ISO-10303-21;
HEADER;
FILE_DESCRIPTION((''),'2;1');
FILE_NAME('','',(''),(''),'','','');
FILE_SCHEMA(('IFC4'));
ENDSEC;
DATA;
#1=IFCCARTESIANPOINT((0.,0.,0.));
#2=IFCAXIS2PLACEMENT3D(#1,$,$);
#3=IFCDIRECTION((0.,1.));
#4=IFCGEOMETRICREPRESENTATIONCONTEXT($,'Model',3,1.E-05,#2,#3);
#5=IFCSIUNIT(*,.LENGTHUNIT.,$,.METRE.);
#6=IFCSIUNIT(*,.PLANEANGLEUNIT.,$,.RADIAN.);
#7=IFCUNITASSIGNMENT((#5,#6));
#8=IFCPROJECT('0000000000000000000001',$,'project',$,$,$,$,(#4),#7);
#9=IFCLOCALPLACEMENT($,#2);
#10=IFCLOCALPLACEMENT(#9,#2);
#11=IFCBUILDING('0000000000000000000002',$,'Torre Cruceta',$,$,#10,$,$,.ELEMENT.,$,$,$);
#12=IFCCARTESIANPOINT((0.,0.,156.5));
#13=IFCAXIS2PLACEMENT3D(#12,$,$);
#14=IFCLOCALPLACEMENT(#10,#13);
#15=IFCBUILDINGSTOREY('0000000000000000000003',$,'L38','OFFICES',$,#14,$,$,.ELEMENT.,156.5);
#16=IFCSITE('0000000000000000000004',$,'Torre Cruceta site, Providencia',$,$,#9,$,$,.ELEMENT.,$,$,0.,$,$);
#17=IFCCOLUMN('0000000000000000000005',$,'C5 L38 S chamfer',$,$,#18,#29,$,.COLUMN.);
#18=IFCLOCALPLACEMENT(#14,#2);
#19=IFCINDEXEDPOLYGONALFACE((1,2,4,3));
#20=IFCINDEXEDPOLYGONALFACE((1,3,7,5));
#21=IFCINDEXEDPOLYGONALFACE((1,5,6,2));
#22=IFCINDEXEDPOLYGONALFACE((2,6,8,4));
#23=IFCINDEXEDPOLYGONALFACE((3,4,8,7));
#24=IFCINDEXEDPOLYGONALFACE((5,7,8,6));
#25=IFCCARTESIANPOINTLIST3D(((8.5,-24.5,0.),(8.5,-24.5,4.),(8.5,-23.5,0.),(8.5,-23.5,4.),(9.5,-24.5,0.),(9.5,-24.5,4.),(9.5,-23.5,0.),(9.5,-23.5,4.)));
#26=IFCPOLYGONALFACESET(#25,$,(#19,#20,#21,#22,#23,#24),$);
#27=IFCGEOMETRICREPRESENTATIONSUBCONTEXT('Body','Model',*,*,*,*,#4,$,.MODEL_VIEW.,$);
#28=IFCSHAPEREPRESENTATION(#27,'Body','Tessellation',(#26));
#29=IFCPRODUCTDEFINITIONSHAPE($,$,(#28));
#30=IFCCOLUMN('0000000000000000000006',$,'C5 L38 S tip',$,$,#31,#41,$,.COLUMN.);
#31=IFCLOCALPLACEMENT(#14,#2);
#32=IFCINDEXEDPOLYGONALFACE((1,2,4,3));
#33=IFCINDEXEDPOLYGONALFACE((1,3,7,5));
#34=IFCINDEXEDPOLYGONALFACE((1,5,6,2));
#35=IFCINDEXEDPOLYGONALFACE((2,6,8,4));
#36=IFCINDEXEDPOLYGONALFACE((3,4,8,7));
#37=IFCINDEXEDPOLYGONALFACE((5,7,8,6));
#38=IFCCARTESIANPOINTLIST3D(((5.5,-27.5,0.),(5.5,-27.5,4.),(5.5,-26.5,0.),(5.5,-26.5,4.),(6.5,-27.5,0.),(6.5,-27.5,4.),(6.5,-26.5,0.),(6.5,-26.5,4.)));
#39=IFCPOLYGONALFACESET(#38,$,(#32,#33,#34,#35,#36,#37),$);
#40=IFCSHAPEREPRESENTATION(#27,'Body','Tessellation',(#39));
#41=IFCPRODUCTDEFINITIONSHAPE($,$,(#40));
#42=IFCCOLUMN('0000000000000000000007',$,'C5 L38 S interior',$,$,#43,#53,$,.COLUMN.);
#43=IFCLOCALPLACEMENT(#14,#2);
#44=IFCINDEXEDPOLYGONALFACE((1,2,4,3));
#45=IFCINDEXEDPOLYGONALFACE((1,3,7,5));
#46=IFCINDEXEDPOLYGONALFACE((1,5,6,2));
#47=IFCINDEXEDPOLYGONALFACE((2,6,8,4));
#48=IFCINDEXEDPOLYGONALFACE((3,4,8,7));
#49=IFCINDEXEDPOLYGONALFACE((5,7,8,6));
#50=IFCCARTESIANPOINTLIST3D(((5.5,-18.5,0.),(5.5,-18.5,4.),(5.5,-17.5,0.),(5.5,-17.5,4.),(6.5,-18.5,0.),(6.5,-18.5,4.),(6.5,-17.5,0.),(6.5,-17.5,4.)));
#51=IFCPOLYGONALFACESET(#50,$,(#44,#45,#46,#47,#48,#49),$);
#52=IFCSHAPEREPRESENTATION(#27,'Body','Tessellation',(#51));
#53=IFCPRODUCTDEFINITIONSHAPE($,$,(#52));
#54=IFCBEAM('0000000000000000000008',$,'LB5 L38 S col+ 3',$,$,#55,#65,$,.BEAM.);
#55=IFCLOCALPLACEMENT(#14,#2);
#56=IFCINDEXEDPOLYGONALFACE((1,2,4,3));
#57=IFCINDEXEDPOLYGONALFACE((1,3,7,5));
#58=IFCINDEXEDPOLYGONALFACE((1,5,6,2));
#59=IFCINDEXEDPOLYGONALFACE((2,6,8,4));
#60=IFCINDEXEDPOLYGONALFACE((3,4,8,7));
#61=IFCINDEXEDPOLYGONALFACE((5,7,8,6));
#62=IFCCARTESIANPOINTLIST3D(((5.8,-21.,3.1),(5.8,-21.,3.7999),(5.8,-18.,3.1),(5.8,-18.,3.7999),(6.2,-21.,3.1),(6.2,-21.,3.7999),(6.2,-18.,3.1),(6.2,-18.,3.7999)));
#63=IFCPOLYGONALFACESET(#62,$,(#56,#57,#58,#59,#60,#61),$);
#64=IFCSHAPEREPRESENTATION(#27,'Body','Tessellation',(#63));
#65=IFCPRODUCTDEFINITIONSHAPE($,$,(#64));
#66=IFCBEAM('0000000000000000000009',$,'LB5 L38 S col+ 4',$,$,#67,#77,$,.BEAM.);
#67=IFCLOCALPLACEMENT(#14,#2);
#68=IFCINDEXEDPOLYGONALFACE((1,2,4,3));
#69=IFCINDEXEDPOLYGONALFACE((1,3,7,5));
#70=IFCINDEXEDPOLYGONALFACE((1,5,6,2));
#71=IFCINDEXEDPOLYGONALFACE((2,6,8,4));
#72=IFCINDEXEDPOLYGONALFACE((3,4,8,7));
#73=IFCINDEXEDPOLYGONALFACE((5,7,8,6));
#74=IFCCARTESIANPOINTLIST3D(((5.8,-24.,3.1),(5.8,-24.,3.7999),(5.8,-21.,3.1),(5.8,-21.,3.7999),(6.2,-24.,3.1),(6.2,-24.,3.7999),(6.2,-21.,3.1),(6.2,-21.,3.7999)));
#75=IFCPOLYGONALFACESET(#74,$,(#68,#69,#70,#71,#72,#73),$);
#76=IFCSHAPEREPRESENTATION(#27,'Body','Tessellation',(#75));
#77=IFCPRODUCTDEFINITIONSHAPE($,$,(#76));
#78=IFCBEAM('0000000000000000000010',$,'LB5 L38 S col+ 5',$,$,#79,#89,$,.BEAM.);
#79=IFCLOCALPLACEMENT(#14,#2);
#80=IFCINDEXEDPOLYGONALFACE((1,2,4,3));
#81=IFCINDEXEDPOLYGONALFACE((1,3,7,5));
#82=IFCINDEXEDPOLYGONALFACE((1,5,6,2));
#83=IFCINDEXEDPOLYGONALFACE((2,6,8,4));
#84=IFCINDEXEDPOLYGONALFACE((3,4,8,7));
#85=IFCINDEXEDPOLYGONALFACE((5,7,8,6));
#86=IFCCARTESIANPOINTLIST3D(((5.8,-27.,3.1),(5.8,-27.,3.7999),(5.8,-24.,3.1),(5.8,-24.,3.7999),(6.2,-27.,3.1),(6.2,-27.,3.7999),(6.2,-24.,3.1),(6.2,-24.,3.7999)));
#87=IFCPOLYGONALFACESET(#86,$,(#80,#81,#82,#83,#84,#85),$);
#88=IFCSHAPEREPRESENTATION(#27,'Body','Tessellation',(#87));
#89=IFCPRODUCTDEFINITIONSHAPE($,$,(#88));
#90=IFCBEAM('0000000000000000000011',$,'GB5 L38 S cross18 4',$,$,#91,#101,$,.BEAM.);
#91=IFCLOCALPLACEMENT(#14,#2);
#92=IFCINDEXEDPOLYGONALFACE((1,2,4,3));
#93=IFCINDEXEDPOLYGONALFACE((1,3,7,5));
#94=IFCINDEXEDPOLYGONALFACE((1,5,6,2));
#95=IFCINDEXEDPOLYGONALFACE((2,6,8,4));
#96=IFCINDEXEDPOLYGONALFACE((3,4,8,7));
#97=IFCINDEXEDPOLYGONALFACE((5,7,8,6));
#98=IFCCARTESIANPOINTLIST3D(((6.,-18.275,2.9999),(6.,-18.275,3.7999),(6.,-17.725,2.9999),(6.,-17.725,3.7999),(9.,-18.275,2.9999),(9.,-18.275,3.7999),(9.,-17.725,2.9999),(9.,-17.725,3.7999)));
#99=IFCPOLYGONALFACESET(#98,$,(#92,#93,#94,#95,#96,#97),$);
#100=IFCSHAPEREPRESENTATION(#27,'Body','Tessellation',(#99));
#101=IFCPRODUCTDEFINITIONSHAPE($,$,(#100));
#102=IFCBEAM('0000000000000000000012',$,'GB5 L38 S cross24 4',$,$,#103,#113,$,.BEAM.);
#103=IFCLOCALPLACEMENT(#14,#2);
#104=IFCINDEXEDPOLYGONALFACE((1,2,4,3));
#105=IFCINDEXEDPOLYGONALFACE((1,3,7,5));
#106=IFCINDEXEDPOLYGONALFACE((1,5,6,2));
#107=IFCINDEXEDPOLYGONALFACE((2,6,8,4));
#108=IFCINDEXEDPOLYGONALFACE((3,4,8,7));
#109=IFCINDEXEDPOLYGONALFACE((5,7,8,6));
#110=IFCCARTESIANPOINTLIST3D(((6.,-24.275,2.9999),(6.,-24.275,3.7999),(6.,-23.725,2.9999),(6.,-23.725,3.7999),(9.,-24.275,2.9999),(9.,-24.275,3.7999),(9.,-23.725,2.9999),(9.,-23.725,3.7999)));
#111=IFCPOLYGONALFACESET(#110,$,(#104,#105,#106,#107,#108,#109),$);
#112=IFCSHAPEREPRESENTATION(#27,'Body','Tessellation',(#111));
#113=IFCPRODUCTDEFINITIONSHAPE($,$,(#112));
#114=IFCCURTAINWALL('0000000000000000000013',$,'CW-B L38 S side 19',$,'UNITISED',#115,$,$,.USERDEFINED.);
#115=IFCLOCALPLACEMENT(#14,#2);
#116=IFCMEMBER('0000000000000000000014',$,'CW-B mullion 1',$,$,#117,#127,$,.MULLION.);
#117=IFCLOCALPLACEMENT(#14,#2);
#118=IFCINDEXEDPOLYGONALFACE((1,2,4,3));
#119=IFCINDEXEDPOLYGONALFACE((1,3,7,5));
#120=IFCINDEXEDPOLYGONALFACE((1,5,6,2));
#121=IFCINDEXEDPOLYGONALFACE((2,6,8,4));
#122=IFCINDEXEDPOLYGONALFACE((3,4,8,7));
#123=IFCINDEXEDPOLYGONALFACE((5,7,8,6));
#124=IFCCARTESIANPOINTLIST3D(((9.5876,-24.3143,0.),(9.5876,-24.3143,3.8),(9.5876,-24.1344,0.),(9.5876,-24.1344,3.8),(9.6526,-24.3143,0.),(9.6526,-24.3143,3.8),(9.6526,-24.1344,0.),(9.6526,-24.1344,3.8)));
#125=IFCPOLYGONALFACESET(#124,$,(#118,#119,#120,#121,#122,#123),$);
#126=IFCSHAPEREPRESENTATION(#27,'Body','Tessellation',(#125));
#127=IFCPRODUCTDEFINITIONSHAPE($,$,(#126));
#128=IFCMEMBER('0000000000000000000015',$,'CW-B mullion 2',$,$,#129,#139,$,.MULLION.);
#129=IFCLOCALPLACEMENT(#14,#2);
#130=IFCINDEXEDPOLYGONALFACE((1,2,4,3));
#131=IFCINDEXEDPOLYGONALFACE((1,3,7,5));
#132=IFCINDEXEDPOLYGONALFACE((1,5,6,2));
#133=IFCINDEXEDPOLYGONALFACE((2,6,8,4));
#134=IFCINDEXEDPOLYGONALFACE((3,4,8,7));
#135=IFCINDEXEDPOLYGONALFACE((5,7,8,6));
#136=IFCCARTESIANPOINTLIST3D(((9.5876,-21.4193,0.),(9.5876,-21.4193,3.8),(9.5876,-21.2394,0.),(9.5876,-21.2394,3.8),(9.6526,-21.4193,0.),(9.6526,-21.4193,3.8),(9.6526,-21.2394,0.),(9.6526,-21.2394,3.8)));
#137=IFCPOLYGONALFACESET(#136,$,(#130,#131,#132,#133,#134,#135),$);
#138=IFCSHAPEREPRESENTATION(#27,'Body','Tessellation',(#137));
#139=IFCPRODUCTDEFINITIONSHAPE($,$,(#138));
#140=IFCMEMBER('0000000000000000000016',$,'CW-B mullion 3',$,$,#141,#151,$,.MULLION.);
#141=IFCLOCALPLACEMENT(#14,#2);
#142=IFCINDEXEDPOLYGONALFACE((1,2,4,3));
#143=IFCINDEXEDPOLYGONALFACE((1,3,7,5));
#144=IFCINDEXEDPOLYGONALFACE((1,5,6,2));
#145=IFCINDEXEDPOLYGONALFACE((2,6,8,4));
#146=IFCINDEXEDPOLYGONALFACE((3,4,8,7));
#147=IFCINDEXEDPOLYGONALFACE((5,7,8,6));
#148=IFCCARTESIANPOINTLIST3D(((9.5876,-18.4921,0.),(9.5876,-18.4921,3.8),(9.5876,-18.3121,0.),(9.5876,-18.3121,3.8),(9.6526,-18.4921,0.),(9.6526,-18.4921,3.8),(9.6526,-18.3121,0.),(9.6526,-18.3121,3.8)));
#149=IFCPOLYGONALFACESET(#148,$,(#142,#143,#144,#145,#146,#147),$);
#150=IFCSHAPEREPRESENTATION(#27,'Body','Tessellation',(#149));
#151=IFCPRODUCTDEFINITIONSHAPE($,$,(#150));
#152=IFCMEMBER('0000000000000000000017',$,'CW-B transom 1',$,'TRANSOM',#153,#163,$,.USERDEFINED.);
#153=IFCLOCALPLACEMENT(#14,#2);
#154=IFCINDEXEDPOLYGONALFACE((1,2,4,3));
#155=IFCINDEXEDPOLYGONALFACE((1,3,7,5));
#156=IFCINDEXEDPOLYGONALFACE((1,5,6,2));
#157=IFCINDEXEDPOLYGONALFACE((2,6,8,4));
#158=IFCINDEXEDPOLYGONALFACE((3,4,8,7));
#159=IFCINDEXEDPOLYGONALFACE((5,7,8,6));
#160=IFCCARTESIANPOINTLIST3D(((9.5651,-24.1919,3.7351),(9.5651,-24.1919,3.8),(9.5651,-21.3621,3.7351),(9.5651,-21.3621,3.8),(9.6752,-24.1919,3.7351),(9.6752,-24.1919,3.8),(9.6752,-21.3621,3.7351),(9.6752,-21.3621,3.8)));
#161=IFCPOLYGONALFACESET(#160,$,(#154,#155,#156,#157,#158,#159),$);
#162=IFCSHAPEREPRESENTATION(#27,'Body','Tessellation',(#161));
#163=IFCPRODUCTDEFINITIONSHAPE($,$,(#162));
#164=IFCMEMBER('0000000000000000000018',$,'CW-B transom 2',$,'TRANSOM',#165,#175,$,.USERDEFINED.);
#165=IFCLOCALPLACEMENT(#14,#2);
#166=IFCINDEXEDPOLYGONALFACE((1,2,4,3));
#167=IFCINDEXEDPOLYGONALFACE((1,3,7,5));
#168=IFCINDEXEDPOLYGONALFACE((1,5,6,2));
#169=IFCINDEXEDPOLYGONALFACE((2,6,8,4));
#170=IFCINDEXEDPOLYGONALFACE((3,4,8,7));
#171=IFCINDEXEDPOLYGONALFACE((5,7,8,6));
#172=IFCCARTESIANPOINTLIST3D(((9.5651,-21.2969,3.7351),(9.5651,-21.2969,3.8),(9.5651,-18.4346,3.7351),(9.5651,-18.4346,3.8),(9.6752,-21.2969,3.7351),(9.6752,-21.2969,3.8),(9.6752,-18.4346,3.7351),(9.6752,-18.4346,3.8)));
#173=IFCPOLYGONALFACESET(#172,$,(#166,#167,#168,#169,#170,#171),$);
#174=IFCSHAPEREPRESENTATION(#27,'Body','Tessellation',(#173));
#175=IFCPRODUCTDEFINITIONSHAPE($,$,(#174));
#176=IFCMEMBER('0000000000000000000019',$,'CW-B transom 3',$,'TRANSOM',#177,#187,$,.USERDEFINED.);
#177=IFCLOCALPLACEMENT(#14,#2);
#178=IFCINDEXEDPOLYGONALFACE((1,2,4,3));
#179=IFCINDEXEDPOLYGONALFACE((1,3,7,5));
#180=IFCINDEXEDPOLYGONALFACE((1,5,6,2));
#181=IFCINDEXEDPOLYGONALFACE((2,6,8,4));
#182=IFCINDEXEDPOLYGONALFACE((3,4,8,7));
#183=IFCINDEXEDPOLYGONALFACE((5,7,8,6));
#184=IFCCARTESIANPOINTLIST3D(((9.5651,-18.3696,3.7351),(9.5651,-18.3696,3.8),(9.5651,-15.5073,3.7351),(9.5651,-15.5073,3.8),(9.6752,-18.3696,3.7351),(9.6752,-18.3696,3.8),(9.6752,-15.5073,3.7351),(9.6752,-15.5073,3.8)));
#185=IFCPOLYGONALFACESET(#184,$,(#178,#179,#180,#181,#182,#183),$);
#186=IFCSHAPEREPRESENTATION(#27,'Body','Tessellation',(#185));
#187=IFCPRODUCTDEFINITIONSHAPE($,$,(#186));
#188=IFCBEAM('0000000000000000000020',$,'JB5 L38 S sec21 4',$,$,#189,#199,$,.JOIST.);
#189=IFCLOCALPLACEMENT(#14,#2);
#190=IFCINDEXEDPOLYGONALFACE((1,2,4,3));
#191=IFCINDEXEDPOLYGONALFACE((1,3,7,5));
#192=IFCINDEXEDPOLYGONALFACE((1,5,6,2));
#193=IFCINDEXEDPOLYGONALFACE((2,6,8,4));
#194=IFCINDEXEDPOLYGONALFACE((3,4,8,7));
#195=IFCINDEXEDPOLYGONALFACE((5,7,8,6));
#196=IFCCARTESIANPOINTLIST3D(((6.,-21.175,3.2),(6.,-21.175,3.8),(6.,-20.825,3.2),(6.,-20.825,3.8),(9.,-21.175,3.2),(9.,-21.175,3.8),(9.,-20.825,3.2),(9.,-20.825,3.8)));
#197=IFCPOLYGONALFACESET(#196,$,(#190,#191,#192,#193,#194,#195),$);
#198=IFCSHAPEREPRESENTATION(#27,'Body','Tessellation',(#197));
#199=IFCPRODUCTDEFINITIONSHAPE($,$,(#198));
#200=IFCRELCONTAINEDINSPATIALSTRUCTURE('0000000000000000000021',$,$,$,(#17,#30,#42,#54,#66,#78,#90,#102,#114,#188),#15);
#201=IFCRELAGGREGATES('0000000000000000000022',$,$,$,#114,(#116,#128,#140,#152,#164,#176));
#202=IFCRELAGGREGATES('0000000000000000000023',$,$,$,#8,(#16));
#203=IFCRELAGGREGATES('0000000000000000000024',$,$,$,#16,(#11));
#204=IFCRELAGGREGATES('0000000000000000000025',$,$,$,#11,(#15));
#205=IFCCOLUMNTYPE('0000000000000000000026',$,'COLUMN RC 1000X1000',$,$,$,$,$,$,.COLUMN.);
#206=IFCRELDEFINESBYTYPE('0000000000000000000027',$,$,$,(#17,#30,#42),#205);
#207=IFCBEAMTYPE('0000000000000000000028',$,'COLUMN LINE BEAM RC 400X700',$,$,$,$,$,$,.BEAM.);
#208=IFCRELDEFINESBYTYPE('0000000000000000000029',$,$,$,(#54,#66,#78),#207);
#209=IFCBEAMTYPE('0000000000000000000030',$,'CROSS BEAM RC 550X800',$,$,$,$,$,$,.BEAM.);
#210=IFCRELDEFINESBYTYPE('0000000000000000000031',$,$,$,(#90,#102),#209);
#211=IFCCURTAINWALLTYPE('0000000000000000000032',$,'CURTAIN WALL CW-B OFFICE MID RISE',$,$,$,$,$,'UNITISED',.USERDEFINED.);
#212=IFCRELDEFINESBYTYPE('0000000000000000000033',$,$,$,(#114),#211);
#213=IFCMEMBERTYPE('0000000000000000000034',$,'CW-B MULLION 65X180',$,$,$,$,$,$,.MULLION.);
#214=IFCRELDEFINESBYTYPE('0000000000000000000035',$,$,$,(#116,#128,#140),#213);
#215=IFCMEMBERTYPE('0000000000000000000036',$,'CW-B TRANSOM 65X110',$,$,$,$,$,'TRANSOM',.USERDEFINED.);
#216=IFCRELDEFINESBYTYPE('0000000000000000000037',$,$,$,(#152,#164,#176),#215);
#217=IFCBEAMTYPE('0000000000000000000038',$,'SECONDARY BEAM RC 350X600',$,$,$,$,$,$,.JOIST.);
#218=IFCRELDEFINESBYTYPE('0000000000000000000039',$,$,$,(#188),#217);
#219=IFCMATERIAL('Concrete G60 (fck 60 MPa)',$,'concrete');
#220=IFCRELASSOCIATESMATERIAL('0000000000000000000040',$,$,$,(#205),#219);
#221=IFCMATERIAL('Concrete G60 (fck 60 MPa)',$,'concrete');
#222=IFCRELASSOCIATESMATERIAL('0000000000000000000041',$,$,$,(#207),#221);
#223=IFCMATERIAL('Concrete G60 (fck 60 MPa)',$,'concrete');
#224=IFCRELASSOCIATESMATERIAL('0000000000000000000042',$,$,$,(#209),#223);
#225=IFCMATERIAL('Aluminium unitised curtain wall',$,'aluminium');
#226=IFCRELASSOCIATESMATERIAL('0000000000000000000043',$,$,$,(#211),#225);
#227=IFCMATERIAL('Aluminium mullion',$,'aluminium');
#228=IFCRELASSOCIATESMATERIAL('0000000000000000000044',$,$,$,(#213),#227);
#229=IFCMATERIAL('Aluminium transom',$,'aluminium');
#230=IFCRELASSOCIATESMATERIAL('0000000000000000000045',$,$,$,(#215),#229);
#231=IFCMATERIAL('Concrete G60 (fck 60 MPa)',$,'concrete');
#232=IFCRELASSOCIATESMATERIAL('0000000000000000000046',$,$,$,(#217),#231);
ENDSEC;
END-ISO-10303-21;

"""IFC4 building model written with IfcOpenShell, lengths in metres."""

from ifc_helpers import new_model, si_unit, direction, frame, origin, origin_2d, place, context, subcontext, project, spatial, rectangle, extrude, material, material_profile, profile_set, type_object, element, aggregate, save


model = new_model("IFC4")

# Units and contexts
model_context = context("Model", 3, precision=1e-05, world=origin(), true_north=direction((0.0, 1.0)))
body_context = subcontext(model_context, "Body", "Model", "MODEL_VIEW")
ifc_project = project(units=[si_unit("LENGTHUNIT", "METRE"), si_unit("PLANEANGLEUNIT", "RADIAN")], contexts=[model_context])

# Site, building, storey
site_placement = place(None, origin())
site = spatial("IfcSite", under=ifc_project, at=site_placement, Name="Torre Cruceta site, Providencia", CompositionType="ELEMENT", RefElevation=0.0)
building_placement = place(site_placement, origin())
building = spatial("IfcBuilding", under=site, at=building_placement, Name="Torre Cruceta", CompositionType="ELEMENT")
storey_placement = place(building_placement, frame((0.0, 0.0, 156.5)))
storey = spatial("IfcBuildingStorey", under=building, at=storey_placement, Name="L38", Description="OFFICES", CompositionType="ELEMENT", Elevation=156.5)

# Columns
ifc_material_1 = material(Name="Concrete G60 (fck 60 MPa)", Category="concrete")
ifc_material_profile_1 = material_profile(ifc_material_1, rectangle(XDim=1.0, YDim=1.0, at=origin_2d()), Name="RC 1000X1000")
ifc_profile_set_1 = profile_set([ifc_material_profile_1], Name="Concrete G60 (fck 60 MPa)")
column_type = type_object("IfcColumnType", Name="COLUMN RC 1000X1000", PredefinedType="COLUMN", material=ifc_profile_set_1)
for number, where, z_axis, x_axis, name in (
    (1, (9.0, -24.0, 0.0), (0.0, 0.0, 1.0), (1.0, 0.0, 0.0), "C5 L38 S chamfer"),
    (2, (6.0, -27.0, 0.0), (0.0, 0.0, 1.0), (1.0, 0.0, 0.0), "C5 L38 S tip"),
    (3, (6.0, -18.0, 0.0), (0.0, 0.0, 1.0), (1.0, 0.0, 0.0), "C5 L38 S interior"),
):
    element("IfcColumn", number, at=place(storey_placement, frame(where, z_axis=z_axis, x_axis=x_axis)), inside=storey, type_object=column_type, Name=name, PredefinedType="COLUMN", context=body_context, shape_type="SweptSolid", body=[
        extrude(rectangle(XDim=1.0, YDim=1.0, at=origin_2d()), origin(), (0.0, 0.0, 1.0), 4.0),
    ])

# Beams
ifc_material_2 = material(Name="Concrete G60 (fck 60 MPa)", Category="concrete")
ifc_material_profile_2 = material_profile(ifc_material_2, rectangle(XDim=0.3999, YDim=0.7, at=origin_2d()), Name="RC 400X700")
ifc_profile_set_2 = profile_set([ifc_material_profile_2], Name="Concrete G60 (fck 60 MPa)")
beam_type_1 = type_object("IfcBeamType", Name="COLUMN LINE BEAM RC 400X700", PredefinedType="BEAM", material=ifc_profile_set_2)
for number, where, z_axis, x_axis, name in (
    (4, (6.0, -18.0, 3.45), (0.0, -1.0, 0.0), (1.0, 0.0, 0.0), "LB5 L38 S col+ 3"),
    (5, (6.0, -21.0, 3.45), (0.0, -1.0, 0.0), (1.0, 0.0, 0.0), "LB5 L38 S col+ 4"),
    (6, (6.0, -24.0, 3.45), (0.0, -1.0, 0.0), (1.0, 0.0, 0.0), "LB5 L38 S col+ 5"),
):
    element("IfcBeam", number, at=place(storey_placement, frame(where, z_axis=z_axis, x_axis=x_axis)), inside=storey, type_object=beam_type_1, Name=name, PredefinedType="BEAM", context=body_context, shape_type="SweptSolid", body=[
        extrude(rectangle(XDim=0.3999, YDim=0.7, at=origin_2d()), origin(), (0.0, 0.0, 1.0), 3.0),
    ])
ifc_material_3 = material(Name="Concrete G60 (fck 60 MPa)", Category="concrete")
ifc_material_profile_3 = material_profile(ifc_material_3, rectangle(XDim=0.55, YDim=0.8, at=origin_2d()), Name="RC 550X800")
ifc_profile_set_3 = profile_set([ifc_material_profile_3], Name="Concrete G60 (fck 60 MPa)")
beam_type_2 = type_object("IfcBeamType", Name="CROSS BEAM RC 550X800", PredefinedType="BEAM", material=ifc_profile_set_3)
for number, where, z_axis, x_axis, name in (
    (7, (6.0, -18.0, 3.3999), (1.0, 0.0, 0.0), (0.0, 1.0, 0.0), "GB5 L38 S cross18 4"),
    (8, (6.0, -24.0, 3.3999), (1.0, 0.0, 0.0), (0.0, 1.0, 0.0), "GB5 L38 S cross24 4"),
):
    element("IfcBeam", number, at=place(storey_placement, frame(where, z_axis=z_axis, x_axis=x_axis)), inside=storey, type_object=beam_type_2, Name=name, PredefinedType="BEAM", context=body_context, shape_type="SweptSolid", body=[
        extrude(rectangle(XDim=0.55, YDim=0.8, at=origin_2d()), origin(), (0.0, 0.0, 1.0), 3.0),
    ])

# Curtain wall, members
ifc_material_4 = material(Name="Aluminium unitised curtain wall", Category="aluminium")
curtain_wall_type = type_object("IfcCurtainWallType", Name="CURTAIN WALL CW-B OFFICE MID RISE", ElementType="UNITISED", PredefinedType="USERDEFINED", material=ifc_material_4)
curtain_wall_placement = place(storey_placement, origin())
curtain_wall = element("IfcCurtainWall", 9, at=curtain_wall_placement, inside=storey, type_object=curtain_wall_type, Name="CW-B L38 S side 19", ObjectType="UNITISED", PredefinedType="USERDEFINED")
ifc_material_5 = material(Name="Aluminium mullion", Category="aluminium")
ifc_material_profile_4 = material_profile(ifc_material_5, rectangle(XDim=0.0649, YDim=0.1799, at=origin_2d()), Name="AL 65X180")
ifc_profile_set_4 = profile_set([ifc_material_profile_4], Name="Aluminium mullion")
member_type_1 = type_object("IfcMemberType", Name="CW-B MULLION 65X180", PredefinedType="MULLION", material=ifc_profile_set_4)
member_1_placement = place(storey_placement, frame((9.6201, -24.2244, 0.0), z_axis=(0.0, 0.0, 1.0), x_axis=(-1.0, 0.0, 0.0)))
member_1 = element("IfcMember", 10, at=member_1_placement, type_object=member_type_1, Name="CW-B mullion 1", PredefinedType="MULLION", context=body_context, shape_type="SweptSolid", body=[
    extrude(rectangle(XDim=0.0649, YDim=0.1799, at=origin_2d()), origin(), (0.0, 0.0, 1.0), 3.8),
])
member_2_placement = place(storey_placement, frame((9.6201, -21.3293, 0.0), z_axis=(0.0, 0.0, 1.0), x_axis=(-1.0, 0.0, 0.0)))
member_2 = element("IfcMember", 11, at=member_2_placement, type_object=member_type_1, Name="CW-B mullion 2", PredefinedType="MULLION", context=body_context, shape_type="SweptSolid", body=[
    extrude(rectangle(XDim=0.0649, YDim=0.1799, at=origin_2d()), origin(), (0.0, 0.0, 1.0), 3.8),
])
member_3_placement = place(storey_placement, frame((9.6201, -18.4021, 0.0), z_axis=(0.0, 0.0, 1.0), x_axis=(-1.0, 0.0, 0.0)))
member_3 = element("IfcMember", 12, at=member_3_placement, type_object=member_type_1, Name="CW-B mullion 3", PredefinedType="MULLION", context=body_context, shape_type="SweptSolid", body=[
    extrude(rectangle(XDim=0.0649, YDim=0.1799, at=origin_2d()), origin(), (0.0, 0.0, 1.0), 3.8),
])
ifc_material_6 = material(Name="Aluminium transom", Category="aluminium")
ifc_material_profile_5 = material_profile(ifc_material_6, rectangle(XDim=0.1101, YDim=0.0649, at=origin_2d()), Name="AL 110X65")
ifc_profile_set_5 = profile_set([ifc_material_profile_5], Name="Aluminium transom")
member_type_2 = type_object("IfcMemberType", Name="CW-B TRANSOM 65X110", ElementType="TRANSOM", PredefinedType="USERDEFINED", material=ifc_profile_set_5)
member_4_placement = place(storey_placement, frame((9.6201, -24.1919, 3.7676), z_axis=(0.0, 1.0, 0.0), x_axis=(-1.0, 0.0, 0.0)))
member_4 = element("IfcMember", 13, at=member_4_placement, type_object=member_type_2, Name="CW-B transom 1", ObjectType="TRANSOM", PredefinedType="USERDEFINED", context=body_context, shape_type="SweptSolid", body=[
    extrude(rectangle(XDim=0.1101, YDim=0.0649, at=origin_2d()), origin(), (0.0, 0.0, 1.0), 2.8298),
])
member_5_placement = place(storey_placement, frame((9.6201, -21.2969, 3.7676), z_axis=(0.0, 1.0, 0.0), x_axis=(-1.0, 0.0, 0.0)))
member_5 = element("IfcMember", 14, at=member_5_placement, type_object=member_type_2, Name="CW-B transom 2", ObjectType="TRANSOM", PredefinedType="USERDEFINED", context=body_context, shape_type="SweptSolid", body=[
    extrude(rectangle(XDim=0.1101, YDim=0.0649, at=origin_2d()), origin(), (0.0, 0.0, 1.0), 2.8623),
])
member_6_placement = place(storey_placement, frame((9.6201, -18.3696, 3.7676), z_axis=(0.0, 1.0, 0.0), x_axis=(-1.0, 0.0, 0.0)))
member_6 = element("IfcMember", 15, at=member_6_placement, type_object=member_type_2, Name="CW-B transom 3", ObjectType="TRANSOM", PredefinedType="USERDEFINED", context=body_context, shape_type="SweptSolid", body=[
    extrude(rectangle(XDim=0.1101, YDim=0.0649, at=origin_2d()), origin(), (0.0, 0.0, 1.0), 2.8623),
])

# Beam
ifc_material_7 = material(Name="Concrete G60 (fck 60 MPa)", Category="concrete")
ifc_material_profile_6 = material_profile(ifc_material_7, rectangle(XDim=0.3501, YDim=0.6001, at=origin_2d()), Name="RC 350X600")
ifc_profile_set_6 = profile_set([ifc_material_profile_6], Name="Concrete G60 (fck 60 MPa)")
beam_type_3 = type_object("IfcBeamType", Name="SECONDARY BEAM RC 350X600", PredefinedType="JOIST", material=ifc_profile_set_6)
beam_1_placement = place(storey_placement, frame((6.0, -21.0, 3.5), z_axis=(1.0, 0.0, 0.0), x_axis=(0.0, 1.0, 0.0)))
element("IfcBeam", 16, at=beam_1_placement, inside=storey, type_object=beam_type_3, Name="JB5 L38 S sec21 4", PredefinedType="JOIST", context=body_context, shape_type="SweptSolid", body=[
    extrude(rectangle(XDim=0.3501, YDim=0.6001, at=origin_2d()), origin(), (0.0, 0.0, 1.0), 3.0),
])

aggregate(curtain_wall, [member_1, member_2, member_3, member_4, member_5, member_6])

save(model, "model.ifc")
